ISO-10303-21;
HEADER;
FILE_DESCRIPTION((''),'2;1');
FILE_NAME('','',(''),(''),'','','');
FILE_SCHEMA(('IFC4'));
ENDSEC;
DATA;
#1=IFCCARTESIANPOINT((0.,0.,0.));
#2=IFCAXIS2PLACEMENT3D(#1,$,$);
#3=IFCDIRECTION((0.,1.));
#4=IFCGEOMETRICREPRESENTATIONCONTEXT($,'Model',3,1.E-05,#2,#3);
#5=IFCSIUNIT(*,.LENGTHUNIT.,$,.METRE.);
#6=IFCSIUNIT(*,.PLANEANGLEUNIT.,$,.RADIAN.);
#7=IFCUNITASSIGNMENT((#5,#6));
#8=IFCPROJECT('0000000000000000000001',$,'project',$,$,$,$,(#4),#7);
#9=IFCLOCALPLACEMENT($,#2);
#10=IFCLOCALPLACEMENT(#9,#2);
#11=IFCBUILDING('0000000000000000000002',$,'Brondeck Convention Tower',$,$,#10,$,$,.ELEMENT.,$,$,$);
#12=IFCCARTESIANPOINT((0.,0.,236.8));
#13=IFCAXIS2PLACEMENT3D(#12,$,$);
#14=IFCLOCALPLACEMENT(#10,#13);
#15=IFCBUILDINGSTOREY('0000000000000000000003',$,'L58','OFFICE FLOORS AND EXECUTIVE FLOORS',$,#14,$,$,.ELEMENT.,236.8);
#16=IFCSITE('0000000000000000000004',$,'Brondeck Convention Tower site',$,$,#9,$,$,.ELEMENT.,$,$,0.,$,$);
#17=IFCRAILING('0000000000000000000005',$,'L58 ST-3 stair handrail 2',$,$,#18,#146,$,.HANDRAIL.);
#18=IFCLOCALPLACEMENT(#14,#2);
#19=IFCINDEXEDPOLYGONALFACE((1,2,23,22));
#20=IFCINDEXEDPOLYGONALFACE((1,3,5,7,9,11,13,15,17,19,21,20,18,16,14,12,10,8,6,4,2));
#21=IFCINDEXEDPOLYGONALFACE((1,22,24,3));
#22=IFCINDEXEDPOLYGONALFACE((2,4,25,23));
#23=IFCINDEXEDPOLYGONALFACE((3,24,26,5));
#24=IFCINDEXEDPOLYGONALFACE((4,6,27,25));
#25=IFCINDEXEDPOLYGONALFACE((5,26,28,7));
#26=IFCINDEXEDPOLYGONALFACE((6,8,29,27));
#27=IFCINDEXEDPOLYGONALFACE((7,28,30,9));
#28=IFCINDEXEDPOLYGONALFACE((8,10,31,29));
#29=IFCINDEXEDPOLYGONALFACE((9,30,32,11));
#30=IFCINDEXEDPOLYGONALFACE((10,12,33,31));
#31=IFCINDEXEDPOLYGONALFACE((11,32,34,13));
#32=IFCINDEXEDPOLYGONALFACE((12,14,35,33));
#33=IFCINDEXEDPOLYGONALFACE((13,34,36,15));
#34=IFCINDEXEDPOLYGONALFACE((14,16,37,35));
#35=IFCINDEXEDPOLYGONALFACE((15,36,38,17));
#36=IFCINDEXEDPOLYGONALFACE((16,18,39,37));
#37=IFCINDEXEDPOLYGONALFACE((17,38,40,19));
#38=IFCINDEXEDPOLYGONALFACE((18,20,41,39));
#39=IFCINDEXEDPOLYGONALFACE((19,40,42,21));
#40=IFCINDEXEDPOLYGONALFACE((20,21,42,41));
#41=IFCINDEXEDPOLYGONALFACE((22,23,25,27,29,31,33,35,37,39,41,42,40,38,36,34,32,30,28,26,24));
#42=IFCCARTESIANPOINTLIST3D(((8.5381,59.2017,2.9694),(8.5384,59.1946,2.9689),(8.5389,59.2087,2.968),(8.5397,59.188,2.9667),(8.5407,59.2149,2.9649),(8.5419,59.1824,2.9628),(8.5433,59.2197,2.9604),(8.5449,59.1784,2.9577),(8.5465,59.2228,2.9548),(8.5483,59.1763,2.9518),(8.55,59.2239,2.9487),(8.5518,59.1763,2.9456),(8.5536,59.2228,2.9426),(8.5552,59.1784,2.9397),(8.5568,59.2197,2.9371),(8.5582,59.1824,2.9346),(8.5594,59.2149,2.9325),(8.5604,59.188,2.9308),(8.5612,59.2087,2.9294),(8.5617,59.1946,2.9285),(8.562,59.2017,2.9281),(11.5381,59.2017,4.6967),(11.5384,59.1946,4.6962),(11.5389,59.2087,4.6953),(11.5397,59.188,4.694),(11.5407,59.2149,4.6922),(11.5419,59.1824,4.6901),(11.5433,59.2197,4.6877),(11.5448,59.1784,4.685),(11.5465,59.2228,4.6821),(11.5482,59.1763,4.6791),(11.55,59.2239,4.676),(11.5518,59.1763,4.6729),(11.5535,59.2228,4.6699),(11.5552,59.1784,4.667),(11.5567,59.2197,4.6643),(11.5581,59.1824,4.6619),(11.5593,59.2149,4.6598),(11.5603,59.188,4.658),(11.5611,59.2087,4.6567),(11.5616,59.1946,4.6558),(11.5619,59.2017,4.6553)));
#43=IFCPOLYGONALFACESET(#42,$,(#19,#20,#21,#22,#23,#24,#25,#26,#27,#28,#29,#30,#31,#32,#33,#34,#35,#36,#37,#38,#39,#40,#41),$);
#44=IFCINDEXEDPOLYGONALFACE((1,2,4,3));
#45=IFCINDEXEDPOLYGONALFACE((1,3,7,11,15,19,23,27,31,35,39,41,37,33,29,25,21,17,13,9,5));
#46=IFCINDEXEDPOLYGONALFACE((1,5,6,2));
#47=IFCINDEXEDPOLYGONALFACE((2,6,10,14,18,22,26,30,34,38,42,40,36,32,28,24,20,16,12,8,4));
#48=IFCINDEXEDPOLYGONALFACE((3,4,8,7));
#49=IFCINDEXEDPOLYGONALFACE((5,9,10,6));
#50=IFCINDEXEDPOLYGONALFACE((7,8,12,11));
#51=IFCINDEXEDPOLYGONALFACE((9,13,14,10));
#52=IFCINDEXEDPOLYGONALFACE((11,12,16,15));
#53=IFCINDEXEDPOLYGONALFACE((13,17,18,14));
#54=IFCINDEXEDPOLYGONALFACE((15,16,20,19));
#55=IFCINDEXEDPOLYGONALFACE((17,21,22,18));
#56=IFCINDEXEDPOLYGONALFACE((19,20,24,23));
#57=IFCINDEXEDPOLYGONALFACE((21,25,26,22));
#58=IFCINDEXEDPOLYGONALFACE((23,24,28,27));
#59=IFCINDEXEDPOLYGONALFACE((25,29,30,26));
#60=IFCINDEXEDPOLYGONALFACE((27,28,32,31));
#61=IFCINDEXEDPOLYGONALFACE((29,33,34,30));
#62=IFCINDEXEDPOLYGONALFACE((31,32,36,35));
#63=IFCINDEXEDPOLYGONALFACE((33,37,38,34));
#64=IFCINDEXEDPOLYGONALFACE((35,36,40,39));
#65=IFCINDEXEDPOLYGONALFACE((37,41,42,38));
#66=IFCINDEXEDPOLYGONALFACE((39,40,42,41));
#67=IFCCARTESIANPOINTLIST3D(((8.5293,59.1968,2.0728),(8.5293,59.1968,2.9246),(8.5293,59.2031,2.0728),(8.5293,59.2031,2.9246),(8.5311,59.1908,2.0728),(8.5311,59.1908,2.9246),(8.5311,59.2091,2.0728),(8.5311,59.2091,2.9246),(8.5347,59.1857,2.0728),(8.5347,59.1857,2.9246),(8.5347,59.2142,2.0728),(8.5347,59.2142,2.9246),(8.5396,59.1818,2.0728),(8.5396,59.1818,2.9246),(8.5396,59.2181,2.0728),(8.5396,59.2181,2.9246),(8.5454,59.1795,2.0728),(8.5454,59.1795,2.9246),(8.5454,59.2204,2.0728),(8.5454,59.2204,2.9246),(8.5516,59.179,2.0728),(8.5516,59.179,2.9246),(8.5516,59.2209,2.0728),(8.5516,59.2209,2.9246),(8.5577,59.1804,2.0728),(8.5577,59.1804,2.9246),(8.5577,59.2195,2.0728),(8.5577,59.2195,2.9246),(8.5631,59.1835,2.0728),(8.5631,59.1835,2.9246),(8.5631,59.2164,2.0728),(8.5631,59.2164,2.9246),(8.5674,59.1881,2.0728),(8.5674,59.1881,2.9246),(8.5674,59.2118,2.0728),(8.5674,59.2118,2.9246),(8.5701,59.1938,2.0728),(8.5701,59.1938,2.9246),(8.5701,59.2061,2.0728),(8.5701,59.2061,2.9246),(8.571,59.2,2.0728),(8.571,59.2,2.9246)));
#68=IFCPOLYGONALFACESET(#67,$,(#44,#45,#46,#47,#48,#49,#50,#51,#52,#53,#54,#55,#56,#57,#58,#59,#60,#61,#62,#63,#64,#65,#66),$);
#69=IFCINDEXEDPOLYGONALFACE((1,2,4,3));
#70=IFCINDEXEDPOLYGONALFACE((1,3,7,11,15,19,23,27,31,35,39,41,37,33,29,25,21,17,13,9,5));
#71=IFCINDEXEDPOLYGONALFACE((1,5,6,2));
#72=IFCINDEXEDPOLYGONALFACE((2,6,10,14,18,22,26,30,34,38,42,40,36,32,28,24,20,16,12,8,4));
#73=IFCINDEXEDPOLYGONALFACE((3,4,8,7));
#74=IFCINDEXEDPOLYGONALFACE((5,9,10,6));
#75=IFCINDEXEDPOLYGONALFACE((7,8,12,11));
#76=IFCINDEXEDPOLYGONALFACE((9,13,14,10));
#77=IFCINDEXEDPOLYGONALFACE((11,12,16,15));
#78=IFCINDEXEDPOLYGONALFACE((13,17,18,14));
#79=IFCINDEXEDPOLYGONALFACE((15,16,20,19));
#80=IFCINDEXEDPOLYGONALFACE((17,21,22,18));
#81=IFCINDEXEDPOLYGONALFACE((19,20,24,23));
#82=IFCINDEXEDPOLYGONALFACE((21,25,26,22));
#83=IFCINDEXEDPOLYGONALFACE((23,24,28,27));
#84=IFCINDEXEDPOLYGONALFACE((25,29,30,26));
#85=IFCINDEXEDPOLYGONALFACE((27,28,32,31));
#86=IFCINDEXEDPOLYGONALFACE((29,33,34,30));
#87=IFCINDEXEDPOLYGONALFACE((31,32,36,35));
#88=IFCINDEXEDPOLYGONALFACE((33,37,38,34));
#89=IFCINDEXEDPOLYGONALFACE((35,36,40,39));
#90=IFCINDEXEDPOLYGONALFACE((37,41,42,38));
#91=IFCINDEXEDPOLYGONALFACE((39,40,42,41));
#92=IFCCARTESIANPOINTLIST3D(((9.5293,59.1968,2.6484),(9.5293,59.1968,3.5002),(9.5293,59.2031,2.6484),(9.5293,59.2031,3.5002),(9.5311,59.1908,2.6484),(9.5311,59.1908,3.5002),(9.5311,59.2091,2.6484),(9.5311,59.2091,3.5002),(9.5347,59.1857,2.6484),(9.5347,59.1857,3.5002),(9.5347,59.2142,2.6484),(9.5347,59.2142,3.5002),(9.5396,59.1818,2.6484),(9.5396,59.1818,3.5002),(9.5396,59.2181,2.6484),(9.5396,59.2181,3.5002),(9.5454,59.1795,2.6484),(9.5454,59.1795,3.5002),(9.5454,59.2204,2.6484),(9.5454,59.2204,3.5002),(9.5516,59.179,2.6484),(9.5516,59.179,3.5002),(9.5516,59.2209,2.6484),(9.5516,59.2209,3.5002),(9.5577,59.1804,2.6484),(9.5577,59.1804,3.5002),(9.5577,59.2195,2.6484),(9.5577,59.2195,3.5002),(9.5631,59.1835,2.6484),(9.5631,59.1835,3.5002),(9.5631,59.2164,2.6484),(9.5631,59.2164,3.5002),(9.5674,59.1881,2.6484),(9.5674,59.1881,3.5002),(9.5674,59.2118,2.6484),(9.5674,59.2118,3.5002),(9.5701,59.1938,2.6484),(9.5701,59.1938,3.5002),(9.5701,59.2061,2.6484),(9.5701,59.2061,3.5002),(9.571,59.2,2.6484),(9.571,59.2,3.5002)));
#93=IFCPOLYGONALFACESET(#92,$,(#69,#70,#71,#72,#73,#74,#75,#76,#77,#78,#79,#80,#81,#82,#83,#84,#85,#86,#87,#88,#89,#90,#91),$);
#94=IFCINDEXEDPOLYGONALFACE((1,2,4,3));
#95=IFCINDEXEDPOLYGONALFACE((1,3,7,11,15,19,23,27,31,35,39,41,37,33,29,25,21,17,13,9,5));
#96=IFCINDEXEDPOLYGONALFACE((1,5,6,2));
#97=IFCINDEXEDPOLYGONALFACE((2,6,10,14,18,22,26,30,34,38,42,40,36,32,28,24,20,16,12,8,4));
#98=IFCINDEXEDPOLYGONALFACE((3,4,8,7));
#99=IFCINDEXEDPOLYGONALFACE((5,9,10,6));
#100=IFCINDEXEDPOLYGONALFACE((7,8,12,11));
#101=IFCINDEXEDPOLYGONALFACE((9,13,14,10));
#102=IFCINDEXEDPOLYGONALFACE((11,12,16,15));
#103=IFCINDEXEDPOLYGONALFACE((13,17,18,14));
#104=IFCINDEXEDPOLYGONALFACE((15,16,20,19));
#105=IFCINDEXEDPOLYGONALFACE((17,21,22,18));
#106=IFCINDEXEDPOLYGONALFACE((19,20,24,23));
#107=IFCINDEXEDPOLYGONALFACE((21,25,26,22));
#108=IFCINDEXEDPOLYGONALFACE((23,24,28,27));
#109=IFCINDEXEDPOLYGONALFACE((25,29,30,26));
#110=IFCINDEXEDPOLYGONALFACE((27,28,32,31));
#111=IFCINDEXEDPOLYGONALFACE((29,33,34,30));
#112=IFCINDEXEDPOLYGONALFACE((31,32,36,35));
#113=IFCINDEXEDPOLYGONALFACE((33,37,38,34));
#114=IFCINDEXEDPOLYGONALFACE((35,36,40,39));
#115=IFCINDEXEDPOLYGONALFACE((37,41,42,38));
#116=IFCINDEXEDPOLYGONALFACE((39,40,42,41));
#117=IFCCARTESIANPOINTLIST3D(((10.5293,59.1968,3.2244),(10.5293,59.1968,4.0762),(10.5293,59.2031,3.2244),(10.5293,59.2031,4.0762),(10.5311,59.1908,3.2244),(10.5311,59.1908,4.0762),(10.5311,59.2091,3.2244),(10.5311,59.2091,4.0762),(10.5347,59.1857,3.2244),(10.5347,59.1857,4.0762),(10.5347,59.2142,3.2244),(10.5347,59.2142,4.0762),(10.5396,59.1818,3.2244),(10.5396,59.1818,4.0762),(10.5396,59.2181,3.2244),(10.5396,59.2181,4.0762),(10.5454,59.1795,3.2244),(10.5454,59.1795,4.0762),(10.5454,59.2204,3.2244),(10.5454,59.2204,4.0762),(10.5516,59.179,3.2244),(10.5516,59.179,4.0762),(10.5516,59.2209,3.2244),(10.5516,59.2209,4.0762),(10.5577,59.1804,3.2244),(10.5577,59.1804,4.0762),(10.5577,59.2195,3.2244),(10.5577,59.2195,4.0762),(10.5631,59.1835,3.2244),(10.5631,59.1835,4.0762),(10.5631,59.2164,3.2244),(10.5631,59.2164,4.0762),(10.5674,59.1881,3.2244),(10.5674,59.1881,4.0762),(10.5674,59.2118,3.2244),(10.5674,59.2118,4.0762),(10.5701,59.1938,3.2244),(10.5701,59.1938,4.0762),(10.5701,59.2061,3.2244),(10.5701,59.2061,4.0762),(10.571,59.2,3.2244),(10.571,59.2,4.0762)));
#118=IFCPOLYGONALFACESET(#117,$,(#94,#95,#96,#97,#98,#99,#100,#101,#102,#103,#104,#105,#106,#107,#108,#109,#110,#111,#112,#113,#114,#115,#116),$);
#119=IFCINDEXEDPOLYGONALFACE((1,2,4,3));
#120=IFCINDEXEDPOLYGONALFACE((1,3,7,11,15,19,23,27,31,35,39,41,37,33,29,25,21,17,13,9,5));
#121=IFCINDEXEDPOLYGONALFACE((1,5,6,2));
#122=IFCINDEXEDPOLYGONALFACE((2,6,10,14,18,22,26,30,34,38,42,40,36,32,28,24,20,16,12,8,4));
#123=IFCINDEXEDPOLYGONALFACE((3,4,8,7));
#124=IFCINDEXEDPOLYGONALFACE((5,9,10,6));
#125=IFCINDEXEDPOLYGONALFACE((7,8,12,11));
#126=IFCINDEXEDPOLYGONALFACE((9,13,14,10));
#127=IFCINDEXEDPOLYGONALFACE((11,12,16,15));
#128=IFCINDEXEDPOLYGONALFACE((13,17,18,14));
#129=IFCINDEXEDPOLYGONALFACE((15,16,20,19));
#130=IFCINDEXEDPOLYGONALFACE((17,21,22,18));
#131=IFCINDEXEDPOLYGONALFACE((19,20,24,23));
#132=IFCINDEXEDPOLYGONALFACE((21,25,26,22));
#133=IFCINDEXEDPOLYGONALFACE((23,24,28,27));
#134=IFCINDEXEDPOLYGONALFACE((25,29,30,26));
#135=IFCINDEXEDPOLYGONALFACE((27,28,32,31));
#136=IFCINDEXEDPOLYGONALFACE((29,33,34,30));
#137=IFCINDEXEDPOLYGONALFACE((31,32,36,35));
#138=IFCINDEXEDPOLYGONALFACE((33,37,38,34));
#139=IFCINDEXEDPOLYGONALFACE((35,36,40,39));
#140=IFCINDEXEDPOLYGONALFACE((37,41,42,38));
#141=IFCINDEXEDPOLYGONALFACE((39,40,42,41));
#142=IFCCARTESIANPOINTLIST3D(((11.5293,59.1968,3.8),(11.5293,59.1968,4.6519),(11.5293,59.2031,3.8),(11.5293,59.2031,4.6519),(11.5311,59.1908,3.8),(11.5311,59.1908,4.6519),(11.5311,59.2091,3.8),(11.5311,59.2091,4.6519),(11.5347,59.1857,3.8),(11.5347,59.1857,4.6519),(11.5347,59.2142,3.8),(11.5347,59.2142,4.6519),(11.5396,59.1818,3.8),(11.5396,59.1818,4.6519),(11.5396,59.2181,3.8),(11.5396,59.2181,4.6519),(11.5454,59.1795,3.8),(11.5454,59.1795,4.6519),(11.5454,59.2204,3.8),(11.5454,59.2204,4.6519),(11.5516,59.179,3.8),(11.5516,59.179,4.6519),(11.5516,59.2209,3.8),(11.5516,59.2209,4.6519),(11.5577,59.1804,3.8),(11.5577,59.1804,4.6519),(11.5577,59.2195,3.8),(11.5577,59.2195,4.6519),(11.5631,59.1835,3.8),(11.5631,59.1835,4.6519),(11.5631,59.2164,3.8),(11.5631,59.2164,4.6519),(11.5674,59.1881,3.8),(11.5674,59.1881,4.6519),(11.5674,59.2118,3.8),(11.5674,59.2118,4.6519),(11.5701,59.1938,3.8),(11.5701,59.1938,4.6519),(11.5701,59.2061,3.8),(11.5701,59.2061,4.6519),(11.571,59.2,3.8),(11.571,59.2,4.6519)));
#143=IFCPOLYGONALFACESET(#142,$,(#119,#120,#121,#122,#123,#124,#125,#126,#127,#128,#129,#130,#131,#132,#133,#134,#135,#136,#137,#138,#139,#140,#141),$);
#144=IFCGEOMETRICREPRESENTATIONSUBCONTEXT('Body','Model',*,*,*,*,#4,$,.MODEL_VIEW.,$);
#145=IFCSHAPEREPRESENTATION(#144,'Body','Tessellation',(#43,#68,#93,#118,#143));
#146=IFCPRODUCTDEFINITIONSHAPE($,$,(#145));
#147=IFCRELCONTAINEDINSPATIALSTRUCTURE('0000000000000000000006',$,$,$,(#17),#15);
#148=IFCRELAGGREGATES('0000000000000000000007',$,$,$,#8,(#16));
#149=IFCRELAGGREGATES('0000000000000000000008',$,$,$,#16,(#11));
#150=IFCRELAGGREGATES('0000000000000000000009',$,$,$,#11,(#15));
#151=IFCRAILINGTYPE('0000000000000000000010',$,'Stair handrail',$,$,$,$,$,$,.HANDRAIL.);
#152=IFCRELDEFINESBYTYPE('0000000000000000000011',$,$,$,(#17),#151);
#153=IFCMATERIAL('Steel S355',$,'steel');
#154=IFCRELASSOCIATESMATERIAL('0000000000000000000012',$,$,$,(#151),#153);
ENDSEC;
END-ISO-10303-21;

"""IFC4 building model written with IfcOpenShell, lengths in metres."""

from ifc_helpers import new_model, si_unit, direction, frame, origin, origin_2d, place, context, subcontext, project, spatial, circle, extrude, material, type_object, element, save


model = new_model("IFC4")

# Units and contexts
model_context = context("Model", 3, precision=1e-05, world=origin(), true_north=direction((0.0, 1.0)))
body_context = subcontext(model_context, "Body", "Model", "MODEL_VIEW")
ifc_project = project(units=[si_unit("LENGTHUNIT", "METRE"), si_unit("PLANEANGLEUNIT", "RADIAN")], contexts=[model_context])

# Site, building, storey
site_placement = place(None, origin())
site = spatial("IfcSite", under=ifc_project, at=site_placement, Name="Brondeck Convention Tower site", CompositionType="ELEMENT", RefElevation=0.0)
building_placement = place(site_placement, origin())
building = spatial("IfcBuilding", under=site, at=building_placement, Name="Brondeck Convention Tower", CompositionType="ELEMENT")
storey_placement = place(building_placement, frame((0.0, 0.0, 236.8)))
storey = spatial("IfcBuildingStorey", under=building, at=storey_placement, Name="L58", Description="OFFICE FLOORS AND EXECUTIVE FLOORS", CompositionType="ELEMENT", Elevation=236.8)

# Railing
ifc_material_1 = material(Name="Steel S355", Category="steel")
railing_type_1 = type_object("IfcRailingType", Name="Stair handrail", PredefinedType="HANDRAIL", material=ifc_material_1)
railing_1_placement = place(storey_placement, frame((8.55, 59.2, 2.0728)))
element("IfcRailing", 1, at=railing_1_placement, inside=storey, type_object=railing_type_1, Name="L58 ST-3 stair handrail 2", PredefinedType="HANDRAIL", context=body_context, shape_type="SweptSolid", body=[
    extrude(circle(Radius=0.0239, at=origin_2d()), frame((0.0, 0.0, 0.876), z_axis=(0.86662, 0.0, 0.498969), x_axis=(0.0, 1.0, 0.0)), (0.0, 0.0, 1.0), 3.4617),
    extrude(circle(Radius=0.021, at=origin_2d()), origin(), (0.0, 0.0, 1.0), 0.8518),
    extrude(circle(Radius=0.021, at=origin_2d()), frame((1.0, 0.0, 0.5757)), (0.0, 0.0, 1.0), 0.8518),
    extrude(circle(Radius=0.021, at=origin_2d()), frame((2.0, 0.0, 1.1516)), (0.0, 0.0, 1.0), 0.8518),
    extrude(circle(Radius=0.021, at=origin_2d()), frame((3.0, 0.0, 1.7273)), (0.0, 0.0, 1.0), 0.8518),
])

save(model, "model.ifc")
